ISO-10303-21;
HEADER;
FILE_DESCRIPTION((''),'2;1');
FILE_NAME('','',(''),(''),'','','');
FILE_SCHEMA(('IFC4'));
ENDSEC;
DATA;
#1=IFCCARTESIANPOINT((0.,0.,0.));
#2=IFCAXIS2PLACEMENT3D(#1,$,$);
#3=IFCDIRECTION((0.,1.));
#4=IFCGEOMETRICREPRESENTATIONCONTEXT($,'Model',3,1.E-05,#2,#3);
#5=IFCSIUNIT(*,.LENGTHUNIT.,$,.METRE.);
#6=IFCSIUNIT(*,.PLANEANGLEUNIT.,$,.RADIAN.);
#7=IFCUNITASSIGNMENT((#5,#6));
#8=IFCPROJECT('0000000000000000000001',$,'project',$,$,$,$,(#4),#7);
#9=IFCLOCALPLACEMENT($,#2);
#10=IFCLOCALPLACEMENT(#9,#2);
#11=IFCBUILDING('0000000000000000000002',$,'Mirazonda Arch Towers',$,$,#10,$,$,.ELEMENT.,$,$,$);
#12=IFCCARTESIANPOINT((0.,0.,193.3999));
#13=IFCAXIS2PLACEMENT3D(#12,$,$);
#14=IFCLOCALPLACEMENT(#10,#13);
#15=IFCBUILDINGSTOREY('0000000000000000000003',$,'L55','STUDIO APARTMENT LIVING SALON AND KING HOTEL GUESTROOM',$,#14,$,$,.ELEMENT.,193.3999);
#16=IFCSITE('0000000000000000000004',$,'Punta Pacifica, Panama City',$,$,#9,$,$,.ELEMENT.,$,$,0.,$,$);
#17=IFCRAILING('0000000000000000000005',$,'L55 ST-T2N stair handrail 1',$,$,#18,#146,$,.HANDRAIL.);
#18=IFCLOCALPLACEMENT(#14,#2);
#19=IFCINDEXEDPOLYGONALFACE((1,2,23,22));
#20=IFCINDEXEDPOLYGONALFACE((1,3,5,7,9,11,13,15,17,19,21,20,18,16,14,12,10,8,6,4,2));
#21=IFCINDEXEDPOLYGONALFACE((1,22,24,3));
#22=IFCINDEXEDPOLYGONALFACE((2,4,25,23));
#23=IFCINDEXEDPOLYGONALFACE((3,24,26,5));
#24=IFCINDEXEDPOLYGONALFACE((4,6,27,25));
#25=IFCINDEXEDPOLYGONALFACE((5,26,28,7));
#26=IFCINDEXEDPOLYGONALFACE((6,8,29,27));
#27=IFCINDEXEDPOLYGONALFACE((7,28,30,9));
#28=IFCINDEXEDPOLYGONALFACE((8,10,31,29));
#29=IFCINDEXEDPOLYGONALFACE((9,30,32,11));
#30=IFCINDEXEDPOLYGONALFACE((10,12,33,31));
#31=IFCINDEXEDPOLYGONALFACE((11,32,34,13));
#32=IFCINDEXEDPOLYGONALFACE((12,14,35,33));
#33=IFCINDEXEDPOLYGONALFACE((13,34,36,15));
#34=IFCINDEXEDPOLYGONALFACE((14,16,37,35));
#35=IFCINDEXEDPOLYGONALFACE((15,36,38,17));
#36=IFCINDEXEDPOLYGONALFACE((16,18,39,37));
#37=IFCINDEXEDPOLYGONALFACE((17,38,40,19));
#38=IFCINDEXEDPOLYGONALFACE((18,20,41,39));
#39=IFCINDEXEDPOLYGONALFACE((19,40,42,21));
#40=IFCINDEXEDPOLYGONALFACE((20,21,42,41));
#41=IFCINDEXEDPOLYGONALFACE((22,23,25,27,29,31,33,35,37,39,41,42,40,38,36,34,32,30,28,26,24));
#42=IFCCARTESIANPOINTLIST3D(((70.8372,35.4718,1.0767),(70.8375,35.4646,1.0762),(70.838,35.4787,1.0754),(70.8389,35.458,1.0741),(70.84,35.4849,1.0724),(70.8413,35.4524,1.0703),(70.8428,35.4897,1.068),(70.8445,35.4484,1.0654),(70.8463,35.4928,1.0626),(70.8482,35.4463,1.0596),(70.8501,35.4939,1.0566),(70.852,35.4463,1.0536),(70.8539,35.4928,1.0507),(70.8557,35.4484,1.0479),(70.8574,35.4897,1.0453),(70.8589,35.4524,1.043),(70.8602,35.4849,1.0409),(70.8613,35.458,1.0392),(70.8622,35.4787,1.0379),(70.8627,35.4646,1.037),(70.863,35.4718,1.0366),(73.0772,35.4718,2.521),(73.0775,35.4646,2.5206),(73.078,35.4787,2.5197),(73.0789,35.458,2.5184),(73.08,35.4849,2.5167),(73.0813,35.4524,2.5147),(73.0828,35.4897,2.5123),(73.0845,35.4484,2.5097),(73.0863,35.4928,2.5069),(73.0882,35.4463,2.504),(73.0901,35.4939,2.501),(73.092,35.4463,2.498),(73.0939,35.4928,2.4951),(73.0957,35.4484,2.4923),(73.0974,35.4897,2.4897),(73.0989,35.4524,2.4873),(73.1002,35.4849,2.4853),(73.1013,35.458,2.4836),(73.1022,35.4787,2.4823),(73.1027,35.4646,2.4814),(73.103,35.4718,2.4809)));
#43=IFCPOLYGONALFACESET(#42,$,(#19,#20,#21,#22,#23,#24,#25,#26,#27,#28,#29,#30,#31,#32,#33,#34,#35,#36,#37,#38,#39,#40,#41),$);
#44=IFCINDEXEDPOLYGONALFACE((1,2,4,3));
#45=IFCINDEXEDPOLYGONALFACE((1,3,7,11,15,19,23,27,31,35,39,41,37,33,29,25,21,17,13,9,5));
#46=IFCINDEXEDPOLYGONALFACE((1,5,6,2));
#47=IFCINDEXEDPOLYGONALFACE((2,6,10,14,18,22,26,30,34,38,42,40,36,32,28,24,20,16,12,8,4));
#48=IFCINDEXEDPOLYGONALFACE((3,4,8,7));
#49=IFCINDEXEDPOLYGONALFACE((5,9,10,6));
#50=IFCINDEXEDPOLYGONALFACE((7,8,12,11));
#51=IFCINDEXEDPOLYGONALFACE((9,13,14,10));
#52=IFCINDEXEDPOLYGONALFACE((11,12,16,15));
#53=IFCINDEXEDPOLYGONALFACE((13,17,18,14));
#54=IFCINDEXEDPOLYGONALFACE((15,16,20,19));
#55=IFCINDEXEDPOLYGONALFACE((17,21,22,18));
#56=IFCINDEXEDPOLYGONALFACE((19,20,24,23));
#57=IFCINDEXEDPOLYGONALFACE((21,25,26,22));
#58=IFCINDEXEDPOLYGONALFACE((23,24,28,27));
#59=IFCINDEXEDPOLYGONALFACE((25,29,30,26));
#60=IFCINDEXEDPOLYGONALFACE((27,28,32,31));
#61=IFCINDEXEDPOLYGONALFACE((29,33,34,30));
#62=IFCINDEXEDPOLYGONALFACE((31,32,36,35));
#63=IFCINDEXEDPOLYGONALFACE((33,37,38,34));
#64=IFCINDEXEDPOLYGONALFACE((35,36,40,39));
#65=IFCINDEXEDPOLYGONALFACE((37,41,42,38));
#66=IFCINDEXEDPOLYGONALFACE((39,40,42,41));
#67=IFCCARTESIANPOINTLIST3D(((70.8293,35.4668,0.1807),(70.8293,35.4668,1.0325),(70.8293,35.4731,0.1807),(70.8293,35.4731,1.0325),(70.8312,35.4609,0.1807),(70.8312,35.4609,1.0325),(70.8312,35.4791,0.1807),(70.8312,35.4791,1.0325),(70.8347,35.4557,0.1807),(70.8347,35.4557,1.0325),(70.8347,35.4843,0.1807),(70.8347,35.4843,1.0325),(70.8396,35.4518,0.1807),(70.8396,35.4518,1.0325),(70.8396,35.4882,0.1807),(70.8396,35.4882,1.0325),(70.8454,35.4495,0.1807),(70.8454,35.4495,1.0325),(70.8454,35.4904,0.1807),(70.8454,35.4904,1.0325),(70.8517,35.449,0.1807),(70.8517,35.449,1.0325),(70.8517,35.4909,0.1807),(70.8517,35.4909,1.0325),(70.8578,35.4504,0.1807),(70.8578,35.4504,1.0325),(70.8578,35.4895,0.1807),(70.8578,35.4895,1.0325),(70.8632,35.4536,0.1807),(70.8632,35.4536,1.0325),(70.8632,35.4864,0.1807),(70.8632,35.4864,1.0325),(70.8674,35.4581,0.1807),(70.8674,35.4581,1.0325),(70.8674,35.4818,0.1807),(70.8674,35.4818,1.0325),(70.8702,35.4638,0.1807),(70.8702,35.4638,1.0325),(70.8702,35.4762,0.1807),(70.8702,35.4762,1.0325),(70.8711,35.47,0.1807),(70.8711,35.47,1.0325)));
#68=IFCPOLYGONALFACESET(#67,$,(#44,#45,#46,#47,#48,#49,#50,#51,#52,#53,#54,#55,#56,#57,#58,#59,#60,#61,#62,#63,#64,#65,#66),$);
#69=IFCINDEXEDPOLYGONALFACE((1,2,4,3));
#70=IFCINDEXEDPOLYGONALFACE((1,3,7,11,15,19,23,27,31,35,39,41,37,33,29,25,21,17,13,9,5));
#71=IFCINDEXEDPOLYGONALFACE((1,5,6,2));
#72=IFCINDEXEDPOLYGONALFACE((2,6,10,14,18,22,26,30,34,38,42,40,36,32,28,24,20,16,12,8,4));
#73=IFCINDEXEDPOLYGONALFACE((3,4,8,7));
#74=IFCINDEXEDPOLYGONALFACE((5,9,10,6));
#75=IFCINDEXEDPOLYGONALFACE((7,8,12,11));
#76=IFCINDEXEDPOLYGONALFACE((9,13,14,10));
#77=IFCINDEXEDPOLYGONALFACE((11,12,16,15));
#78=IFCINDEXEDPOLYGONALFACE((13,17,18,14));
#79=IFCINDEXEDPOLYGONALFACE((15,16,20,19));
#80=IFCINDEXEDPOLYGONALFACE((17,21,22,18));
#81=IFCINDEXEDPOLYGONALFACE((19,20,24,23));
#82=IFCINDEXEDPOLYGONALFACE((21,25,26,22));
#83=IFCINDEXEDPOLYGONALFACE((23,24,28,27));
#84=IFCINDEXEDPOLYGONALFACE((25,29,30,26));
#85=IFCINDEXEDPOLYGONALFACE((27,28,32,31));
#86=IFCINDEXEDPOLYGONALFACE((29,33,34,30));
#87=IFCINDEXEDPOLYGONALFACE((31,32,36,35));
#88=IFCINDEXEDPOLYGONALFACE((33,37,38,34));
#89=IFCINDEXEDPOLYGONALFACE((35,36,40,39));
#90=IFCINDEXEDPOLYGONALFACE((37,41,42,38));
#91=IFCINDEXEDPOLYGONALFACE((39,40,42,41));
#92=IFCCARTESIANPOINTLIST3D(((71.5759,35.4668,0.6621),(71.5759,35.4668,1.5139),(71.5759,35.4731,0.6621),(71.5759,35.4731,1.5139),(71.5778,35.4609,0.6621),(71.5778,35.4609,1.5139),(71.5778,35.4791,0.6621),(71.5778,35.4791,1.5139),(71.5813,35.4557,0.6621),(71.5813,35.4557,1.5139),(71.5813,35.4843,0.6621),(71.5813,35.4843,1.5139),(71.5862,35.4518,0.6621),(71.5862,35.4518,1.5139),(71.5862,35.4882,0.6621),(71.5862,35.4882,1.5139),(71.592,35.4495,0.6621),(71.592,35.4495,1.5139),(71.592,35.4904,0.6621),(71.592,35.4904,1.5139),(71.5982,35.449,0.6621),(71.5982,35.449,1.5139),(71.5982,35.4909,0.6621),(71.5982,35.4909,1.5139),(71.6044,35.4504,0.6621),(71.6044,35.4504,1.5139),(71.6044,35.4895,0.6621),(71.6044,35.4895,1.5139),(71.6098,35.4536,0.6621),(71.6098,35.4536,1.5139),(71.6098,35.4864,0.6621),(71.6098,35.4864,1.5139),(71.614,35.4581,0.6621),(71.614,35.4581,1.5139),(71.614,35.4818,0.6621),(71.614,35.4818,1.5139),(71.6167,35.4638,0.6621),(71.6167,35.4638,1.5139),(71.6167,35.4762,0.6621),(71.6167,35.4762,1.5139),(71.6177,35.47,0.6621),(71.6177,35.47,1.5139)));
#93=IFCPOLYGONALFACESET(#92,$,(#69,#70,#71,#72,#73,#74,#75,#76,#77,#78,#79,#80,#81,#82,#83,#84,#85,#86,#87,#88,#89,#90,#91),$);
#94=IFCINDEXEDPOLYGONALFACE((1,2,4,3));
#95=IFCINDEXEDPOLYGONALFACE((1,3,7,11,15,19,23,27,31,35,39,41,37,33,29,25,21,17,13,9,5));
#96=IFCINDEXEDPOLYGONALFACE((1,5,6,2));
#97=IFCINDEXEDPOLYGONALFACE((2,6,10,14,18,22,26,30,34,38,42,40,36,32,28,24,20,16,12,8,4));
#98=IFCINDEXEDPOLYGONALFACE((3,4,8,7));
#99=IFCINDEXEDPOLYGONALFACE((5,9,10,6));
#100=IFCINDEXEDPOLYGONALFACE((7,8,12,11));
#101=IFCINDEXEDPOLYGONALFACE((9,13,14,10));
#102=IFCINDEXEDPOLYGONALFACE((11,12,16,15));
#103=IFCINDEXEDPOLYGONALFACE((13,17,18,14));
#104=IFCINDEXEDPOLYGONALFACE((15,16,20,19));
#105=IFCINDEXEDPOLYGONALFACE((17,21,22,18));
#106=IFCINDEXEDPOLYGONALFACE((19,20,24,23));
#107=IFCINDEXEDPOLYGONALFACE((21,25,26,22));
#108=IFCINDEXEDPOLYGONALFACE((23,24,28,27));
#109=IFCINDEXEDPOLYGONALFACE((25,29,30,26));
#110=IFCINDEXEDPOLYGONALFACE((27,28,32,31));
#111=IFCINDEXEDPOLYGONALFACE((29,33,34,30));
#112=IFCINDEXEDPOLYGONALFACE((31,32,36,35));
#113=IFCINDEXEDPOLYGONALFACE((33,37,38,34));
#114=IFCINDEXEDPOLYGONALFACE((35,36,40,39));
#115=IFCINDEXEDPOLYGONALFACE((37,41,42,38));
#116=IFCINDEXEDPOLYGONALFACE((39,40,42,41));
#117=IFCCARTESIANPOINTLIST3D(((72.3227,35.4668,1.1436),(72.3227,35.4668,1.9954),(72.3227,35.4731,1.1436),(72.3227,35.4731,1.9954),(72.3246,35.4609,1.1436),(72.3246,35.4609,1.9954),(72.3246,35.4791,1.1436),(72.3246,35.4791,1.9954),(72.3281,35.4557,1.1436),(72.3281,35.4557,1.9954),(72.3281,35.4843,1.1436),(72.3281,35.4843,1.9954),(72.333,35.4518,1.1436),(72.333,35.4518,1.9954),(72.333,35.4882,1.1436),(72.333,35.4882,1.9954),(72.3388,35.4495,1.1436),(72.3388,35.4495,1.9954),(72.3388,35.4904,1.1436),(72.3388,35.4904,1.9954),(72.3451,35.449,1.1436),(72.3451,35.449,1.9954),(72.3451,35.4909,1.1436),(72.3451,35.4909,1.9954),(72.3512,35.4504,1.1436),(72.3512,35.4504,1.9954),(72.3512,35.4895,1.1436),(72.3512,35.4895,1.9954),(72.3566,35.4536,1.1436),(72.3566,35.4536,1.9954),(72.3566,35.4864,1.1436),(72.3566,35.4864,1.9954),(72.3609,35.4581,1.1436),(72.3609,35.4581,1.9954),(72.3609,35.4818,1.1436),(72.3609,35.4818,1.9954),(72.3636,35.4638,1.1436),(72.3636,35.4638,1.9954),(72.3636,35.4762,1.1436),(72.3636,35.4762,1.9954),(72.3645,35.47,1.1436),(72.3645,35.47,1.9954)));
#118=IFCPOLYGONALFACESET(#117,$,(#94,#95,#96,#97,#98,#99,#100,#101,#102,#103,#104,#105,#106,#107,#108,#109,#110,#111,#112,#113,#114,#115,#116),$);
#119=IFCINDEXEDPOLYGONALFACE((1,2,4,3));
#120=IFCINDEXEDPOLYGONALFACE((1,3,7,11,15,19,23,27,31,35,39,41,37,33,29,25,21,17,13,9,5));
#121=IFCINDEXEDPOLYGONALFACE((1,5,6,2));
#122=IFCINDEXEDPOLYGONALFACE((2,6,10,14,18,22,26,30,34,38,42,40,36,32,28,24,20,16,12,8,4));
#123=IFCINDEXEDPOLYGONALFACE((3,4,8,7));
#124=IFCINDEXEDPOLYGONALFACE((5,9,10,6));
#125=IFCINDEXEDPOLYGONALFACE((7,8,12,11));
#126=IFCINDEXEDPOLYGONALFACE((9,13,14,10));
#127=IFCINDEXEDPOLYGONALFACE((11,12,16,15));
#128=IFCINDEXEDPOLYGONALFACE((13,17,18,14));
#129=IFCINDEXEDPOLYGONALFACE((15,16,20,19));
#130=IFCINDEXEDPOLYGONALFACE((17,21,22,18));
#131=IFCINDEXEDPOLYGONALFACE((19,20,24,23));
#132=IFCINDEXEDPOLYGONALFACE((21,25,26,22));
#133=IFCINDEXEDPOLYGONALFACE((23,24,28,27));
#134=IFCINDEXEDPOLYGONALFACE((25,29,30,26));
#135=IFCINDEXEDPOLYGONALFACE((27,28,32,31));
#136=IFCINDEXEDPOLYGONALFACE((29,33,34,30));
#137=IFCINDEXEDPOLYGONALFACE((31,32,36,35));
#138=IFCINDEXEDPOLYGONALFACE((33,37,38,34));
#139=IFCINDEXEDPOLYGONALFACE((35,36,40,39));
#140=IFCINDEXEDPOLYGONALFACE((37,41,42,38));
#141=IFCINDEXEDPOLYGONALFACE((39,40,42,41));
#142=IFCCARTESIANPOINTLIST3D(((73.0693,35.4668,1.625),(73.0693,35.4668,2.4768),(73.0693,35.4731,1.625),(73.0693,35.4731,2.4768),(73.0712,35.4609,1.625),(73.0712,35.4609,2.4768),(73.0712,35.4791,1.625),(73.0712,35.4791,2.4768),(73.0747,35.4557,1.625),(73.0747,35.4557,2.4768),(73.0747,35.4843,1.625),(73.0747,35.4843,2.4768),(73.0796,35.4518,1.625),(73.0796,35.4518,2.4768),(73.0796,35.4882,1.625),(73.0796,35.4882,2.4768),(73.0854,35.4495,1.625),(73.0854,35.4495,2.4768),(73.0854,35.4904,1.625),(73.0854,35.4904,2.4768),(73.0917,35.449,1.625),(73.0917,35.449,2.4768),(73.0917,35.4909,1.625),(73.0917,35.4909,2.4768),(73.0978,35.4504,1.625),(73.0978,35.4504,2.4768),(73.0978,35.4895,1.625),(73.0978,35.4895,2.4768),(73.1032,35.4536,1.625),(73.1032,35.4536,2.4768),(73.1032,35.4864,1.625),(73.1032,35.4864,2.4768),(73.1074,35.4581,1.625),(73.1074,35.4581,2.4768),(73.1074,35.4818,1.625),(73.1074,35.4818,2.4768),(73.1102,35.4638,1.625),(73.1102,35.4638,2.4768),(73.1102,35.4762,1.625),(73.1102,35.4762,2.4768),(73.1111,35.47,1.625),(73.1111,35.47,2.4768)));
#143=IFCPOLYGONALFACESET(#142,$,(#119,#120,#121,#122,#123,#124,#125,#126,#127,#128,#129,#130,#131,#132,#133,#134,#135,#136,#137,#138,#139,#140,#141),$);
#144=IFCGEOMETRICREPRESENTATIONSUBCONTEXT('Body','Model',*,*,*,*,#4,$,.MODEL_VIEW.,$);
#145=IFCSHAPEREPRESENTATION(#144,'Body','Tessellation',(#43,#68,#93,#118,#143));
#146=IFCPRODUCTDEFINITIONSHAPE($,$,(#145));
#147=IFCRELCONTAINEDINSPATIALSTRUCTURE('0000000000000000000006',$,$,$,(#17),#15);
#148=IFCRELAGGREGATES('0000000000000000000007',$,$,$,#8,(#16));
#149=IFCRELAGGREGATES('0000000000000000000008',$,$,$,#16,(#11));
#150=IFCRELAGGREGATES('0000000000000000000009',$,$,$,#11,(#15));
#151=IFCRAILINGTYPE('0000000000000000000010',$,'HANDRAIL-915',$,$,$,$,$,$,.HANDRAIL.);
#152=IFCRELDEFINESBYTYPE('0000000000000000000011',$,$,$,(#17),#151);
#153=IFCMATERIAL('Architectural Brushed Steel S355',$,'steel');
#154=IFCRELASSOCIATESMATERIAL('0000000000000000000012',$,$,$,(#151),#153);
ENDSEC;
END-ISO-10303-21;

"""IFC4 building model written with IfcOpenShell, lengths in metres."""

from ifc_helpers import new_model, si_unit, direction, frame, origin, origin_2d, place, context, subcontext, project, spatial, circle, extrude, material, type_object, element, save


model = new_model("IFC4")

# Units and contexts
model_context = context("Model", 3, precision=1e-05, world=origin(), true_north=direction((0.0, 1.0)))
body_context = subcontext(model_context, "Body", "Model", "MODEL_VIEW")
ifc_project = project(units=[si_unit("LENGTHUNIT", "METRE"), si_unit("PLANEANGLEUNIT", "RADIAN")], contexts=[model_context])

# Site, building, storey
site_placement = place(None, origin())
site = spatial("IfcSite", under=ifc_project, at=site_placement, Name="Punta Pacifica, Panama City", CompositionType="ELEMENT", RefElevation=0.0)
building_placement = place(site_placement, origin())
building = spatial("IfcBuilding", under=site, at=building_placement, Name="Mirazonda Arch Towers", CompositionType="ELEMENT")
storey_placement = place(building_placement, frame((0.0, 0.0, 193.3999)))
storey = spatial("IfcBuildingStorey", under=building, at=storey_placement, Name="L55", Description="STUDIO APARTMENT LIVING SALON AND KING HOTEL GUESTROOM", CompositionType="ELEMENT", Elevation=193.3999)

# Railing
ifc_material_1 = material(Name="Architectural Brushed Steel S355", Category="steel")
railing_type_1 = type_object("IfcRailingType", Name="HANDRAIL-915", PredefinedType="HANDRAIL", material=ifc_material_1)
railing_1_placement = place(storey_placement, frame((70.8501, 35.47, 0.1807)))
element("IfcRailing", 1, at=railing_1_placement, inside=storey, type_object=railing_type_1, Name="L55 ST-T2N stair handrail 1", PredefinedType="HANDRAIL", context=body_context, shape_type="SweptSolid", body=[
    extrude(circle(Radius=0.0239, at=origin_2d()), frame((0.0, 0.0, 0.876), z_axis=(0.840437, 0.0, 0.54191), x_axis=(0.0, 1.0, 0.0)), (0.0, 0.0, 1.0), 2.6653),
    extrude(circle(Radius=0.021, at=origin_2d()), origin(), (0.0, 0.0, 1.0), 0.8518),
    extrude(circle(Radius=0.021, at=origin_2d()), frame((0.7466, 0.0, 0.4814)), (0.0, 0.0, 1.0), 0.8518),
    extrude(circle(Radius=0.021, at=origin_2d()), frame((1.4934, 0.0, 0.9629)), (0.0, 0.0, 1.0), 0.8518),
    extrude(circle(Radius=0.021, at=origin_2d()), frame((2.24, 0.0, 1.4443)), (0.0, 0.0, 1.0), 0.8518),
])

save(model, "model.ifc")
